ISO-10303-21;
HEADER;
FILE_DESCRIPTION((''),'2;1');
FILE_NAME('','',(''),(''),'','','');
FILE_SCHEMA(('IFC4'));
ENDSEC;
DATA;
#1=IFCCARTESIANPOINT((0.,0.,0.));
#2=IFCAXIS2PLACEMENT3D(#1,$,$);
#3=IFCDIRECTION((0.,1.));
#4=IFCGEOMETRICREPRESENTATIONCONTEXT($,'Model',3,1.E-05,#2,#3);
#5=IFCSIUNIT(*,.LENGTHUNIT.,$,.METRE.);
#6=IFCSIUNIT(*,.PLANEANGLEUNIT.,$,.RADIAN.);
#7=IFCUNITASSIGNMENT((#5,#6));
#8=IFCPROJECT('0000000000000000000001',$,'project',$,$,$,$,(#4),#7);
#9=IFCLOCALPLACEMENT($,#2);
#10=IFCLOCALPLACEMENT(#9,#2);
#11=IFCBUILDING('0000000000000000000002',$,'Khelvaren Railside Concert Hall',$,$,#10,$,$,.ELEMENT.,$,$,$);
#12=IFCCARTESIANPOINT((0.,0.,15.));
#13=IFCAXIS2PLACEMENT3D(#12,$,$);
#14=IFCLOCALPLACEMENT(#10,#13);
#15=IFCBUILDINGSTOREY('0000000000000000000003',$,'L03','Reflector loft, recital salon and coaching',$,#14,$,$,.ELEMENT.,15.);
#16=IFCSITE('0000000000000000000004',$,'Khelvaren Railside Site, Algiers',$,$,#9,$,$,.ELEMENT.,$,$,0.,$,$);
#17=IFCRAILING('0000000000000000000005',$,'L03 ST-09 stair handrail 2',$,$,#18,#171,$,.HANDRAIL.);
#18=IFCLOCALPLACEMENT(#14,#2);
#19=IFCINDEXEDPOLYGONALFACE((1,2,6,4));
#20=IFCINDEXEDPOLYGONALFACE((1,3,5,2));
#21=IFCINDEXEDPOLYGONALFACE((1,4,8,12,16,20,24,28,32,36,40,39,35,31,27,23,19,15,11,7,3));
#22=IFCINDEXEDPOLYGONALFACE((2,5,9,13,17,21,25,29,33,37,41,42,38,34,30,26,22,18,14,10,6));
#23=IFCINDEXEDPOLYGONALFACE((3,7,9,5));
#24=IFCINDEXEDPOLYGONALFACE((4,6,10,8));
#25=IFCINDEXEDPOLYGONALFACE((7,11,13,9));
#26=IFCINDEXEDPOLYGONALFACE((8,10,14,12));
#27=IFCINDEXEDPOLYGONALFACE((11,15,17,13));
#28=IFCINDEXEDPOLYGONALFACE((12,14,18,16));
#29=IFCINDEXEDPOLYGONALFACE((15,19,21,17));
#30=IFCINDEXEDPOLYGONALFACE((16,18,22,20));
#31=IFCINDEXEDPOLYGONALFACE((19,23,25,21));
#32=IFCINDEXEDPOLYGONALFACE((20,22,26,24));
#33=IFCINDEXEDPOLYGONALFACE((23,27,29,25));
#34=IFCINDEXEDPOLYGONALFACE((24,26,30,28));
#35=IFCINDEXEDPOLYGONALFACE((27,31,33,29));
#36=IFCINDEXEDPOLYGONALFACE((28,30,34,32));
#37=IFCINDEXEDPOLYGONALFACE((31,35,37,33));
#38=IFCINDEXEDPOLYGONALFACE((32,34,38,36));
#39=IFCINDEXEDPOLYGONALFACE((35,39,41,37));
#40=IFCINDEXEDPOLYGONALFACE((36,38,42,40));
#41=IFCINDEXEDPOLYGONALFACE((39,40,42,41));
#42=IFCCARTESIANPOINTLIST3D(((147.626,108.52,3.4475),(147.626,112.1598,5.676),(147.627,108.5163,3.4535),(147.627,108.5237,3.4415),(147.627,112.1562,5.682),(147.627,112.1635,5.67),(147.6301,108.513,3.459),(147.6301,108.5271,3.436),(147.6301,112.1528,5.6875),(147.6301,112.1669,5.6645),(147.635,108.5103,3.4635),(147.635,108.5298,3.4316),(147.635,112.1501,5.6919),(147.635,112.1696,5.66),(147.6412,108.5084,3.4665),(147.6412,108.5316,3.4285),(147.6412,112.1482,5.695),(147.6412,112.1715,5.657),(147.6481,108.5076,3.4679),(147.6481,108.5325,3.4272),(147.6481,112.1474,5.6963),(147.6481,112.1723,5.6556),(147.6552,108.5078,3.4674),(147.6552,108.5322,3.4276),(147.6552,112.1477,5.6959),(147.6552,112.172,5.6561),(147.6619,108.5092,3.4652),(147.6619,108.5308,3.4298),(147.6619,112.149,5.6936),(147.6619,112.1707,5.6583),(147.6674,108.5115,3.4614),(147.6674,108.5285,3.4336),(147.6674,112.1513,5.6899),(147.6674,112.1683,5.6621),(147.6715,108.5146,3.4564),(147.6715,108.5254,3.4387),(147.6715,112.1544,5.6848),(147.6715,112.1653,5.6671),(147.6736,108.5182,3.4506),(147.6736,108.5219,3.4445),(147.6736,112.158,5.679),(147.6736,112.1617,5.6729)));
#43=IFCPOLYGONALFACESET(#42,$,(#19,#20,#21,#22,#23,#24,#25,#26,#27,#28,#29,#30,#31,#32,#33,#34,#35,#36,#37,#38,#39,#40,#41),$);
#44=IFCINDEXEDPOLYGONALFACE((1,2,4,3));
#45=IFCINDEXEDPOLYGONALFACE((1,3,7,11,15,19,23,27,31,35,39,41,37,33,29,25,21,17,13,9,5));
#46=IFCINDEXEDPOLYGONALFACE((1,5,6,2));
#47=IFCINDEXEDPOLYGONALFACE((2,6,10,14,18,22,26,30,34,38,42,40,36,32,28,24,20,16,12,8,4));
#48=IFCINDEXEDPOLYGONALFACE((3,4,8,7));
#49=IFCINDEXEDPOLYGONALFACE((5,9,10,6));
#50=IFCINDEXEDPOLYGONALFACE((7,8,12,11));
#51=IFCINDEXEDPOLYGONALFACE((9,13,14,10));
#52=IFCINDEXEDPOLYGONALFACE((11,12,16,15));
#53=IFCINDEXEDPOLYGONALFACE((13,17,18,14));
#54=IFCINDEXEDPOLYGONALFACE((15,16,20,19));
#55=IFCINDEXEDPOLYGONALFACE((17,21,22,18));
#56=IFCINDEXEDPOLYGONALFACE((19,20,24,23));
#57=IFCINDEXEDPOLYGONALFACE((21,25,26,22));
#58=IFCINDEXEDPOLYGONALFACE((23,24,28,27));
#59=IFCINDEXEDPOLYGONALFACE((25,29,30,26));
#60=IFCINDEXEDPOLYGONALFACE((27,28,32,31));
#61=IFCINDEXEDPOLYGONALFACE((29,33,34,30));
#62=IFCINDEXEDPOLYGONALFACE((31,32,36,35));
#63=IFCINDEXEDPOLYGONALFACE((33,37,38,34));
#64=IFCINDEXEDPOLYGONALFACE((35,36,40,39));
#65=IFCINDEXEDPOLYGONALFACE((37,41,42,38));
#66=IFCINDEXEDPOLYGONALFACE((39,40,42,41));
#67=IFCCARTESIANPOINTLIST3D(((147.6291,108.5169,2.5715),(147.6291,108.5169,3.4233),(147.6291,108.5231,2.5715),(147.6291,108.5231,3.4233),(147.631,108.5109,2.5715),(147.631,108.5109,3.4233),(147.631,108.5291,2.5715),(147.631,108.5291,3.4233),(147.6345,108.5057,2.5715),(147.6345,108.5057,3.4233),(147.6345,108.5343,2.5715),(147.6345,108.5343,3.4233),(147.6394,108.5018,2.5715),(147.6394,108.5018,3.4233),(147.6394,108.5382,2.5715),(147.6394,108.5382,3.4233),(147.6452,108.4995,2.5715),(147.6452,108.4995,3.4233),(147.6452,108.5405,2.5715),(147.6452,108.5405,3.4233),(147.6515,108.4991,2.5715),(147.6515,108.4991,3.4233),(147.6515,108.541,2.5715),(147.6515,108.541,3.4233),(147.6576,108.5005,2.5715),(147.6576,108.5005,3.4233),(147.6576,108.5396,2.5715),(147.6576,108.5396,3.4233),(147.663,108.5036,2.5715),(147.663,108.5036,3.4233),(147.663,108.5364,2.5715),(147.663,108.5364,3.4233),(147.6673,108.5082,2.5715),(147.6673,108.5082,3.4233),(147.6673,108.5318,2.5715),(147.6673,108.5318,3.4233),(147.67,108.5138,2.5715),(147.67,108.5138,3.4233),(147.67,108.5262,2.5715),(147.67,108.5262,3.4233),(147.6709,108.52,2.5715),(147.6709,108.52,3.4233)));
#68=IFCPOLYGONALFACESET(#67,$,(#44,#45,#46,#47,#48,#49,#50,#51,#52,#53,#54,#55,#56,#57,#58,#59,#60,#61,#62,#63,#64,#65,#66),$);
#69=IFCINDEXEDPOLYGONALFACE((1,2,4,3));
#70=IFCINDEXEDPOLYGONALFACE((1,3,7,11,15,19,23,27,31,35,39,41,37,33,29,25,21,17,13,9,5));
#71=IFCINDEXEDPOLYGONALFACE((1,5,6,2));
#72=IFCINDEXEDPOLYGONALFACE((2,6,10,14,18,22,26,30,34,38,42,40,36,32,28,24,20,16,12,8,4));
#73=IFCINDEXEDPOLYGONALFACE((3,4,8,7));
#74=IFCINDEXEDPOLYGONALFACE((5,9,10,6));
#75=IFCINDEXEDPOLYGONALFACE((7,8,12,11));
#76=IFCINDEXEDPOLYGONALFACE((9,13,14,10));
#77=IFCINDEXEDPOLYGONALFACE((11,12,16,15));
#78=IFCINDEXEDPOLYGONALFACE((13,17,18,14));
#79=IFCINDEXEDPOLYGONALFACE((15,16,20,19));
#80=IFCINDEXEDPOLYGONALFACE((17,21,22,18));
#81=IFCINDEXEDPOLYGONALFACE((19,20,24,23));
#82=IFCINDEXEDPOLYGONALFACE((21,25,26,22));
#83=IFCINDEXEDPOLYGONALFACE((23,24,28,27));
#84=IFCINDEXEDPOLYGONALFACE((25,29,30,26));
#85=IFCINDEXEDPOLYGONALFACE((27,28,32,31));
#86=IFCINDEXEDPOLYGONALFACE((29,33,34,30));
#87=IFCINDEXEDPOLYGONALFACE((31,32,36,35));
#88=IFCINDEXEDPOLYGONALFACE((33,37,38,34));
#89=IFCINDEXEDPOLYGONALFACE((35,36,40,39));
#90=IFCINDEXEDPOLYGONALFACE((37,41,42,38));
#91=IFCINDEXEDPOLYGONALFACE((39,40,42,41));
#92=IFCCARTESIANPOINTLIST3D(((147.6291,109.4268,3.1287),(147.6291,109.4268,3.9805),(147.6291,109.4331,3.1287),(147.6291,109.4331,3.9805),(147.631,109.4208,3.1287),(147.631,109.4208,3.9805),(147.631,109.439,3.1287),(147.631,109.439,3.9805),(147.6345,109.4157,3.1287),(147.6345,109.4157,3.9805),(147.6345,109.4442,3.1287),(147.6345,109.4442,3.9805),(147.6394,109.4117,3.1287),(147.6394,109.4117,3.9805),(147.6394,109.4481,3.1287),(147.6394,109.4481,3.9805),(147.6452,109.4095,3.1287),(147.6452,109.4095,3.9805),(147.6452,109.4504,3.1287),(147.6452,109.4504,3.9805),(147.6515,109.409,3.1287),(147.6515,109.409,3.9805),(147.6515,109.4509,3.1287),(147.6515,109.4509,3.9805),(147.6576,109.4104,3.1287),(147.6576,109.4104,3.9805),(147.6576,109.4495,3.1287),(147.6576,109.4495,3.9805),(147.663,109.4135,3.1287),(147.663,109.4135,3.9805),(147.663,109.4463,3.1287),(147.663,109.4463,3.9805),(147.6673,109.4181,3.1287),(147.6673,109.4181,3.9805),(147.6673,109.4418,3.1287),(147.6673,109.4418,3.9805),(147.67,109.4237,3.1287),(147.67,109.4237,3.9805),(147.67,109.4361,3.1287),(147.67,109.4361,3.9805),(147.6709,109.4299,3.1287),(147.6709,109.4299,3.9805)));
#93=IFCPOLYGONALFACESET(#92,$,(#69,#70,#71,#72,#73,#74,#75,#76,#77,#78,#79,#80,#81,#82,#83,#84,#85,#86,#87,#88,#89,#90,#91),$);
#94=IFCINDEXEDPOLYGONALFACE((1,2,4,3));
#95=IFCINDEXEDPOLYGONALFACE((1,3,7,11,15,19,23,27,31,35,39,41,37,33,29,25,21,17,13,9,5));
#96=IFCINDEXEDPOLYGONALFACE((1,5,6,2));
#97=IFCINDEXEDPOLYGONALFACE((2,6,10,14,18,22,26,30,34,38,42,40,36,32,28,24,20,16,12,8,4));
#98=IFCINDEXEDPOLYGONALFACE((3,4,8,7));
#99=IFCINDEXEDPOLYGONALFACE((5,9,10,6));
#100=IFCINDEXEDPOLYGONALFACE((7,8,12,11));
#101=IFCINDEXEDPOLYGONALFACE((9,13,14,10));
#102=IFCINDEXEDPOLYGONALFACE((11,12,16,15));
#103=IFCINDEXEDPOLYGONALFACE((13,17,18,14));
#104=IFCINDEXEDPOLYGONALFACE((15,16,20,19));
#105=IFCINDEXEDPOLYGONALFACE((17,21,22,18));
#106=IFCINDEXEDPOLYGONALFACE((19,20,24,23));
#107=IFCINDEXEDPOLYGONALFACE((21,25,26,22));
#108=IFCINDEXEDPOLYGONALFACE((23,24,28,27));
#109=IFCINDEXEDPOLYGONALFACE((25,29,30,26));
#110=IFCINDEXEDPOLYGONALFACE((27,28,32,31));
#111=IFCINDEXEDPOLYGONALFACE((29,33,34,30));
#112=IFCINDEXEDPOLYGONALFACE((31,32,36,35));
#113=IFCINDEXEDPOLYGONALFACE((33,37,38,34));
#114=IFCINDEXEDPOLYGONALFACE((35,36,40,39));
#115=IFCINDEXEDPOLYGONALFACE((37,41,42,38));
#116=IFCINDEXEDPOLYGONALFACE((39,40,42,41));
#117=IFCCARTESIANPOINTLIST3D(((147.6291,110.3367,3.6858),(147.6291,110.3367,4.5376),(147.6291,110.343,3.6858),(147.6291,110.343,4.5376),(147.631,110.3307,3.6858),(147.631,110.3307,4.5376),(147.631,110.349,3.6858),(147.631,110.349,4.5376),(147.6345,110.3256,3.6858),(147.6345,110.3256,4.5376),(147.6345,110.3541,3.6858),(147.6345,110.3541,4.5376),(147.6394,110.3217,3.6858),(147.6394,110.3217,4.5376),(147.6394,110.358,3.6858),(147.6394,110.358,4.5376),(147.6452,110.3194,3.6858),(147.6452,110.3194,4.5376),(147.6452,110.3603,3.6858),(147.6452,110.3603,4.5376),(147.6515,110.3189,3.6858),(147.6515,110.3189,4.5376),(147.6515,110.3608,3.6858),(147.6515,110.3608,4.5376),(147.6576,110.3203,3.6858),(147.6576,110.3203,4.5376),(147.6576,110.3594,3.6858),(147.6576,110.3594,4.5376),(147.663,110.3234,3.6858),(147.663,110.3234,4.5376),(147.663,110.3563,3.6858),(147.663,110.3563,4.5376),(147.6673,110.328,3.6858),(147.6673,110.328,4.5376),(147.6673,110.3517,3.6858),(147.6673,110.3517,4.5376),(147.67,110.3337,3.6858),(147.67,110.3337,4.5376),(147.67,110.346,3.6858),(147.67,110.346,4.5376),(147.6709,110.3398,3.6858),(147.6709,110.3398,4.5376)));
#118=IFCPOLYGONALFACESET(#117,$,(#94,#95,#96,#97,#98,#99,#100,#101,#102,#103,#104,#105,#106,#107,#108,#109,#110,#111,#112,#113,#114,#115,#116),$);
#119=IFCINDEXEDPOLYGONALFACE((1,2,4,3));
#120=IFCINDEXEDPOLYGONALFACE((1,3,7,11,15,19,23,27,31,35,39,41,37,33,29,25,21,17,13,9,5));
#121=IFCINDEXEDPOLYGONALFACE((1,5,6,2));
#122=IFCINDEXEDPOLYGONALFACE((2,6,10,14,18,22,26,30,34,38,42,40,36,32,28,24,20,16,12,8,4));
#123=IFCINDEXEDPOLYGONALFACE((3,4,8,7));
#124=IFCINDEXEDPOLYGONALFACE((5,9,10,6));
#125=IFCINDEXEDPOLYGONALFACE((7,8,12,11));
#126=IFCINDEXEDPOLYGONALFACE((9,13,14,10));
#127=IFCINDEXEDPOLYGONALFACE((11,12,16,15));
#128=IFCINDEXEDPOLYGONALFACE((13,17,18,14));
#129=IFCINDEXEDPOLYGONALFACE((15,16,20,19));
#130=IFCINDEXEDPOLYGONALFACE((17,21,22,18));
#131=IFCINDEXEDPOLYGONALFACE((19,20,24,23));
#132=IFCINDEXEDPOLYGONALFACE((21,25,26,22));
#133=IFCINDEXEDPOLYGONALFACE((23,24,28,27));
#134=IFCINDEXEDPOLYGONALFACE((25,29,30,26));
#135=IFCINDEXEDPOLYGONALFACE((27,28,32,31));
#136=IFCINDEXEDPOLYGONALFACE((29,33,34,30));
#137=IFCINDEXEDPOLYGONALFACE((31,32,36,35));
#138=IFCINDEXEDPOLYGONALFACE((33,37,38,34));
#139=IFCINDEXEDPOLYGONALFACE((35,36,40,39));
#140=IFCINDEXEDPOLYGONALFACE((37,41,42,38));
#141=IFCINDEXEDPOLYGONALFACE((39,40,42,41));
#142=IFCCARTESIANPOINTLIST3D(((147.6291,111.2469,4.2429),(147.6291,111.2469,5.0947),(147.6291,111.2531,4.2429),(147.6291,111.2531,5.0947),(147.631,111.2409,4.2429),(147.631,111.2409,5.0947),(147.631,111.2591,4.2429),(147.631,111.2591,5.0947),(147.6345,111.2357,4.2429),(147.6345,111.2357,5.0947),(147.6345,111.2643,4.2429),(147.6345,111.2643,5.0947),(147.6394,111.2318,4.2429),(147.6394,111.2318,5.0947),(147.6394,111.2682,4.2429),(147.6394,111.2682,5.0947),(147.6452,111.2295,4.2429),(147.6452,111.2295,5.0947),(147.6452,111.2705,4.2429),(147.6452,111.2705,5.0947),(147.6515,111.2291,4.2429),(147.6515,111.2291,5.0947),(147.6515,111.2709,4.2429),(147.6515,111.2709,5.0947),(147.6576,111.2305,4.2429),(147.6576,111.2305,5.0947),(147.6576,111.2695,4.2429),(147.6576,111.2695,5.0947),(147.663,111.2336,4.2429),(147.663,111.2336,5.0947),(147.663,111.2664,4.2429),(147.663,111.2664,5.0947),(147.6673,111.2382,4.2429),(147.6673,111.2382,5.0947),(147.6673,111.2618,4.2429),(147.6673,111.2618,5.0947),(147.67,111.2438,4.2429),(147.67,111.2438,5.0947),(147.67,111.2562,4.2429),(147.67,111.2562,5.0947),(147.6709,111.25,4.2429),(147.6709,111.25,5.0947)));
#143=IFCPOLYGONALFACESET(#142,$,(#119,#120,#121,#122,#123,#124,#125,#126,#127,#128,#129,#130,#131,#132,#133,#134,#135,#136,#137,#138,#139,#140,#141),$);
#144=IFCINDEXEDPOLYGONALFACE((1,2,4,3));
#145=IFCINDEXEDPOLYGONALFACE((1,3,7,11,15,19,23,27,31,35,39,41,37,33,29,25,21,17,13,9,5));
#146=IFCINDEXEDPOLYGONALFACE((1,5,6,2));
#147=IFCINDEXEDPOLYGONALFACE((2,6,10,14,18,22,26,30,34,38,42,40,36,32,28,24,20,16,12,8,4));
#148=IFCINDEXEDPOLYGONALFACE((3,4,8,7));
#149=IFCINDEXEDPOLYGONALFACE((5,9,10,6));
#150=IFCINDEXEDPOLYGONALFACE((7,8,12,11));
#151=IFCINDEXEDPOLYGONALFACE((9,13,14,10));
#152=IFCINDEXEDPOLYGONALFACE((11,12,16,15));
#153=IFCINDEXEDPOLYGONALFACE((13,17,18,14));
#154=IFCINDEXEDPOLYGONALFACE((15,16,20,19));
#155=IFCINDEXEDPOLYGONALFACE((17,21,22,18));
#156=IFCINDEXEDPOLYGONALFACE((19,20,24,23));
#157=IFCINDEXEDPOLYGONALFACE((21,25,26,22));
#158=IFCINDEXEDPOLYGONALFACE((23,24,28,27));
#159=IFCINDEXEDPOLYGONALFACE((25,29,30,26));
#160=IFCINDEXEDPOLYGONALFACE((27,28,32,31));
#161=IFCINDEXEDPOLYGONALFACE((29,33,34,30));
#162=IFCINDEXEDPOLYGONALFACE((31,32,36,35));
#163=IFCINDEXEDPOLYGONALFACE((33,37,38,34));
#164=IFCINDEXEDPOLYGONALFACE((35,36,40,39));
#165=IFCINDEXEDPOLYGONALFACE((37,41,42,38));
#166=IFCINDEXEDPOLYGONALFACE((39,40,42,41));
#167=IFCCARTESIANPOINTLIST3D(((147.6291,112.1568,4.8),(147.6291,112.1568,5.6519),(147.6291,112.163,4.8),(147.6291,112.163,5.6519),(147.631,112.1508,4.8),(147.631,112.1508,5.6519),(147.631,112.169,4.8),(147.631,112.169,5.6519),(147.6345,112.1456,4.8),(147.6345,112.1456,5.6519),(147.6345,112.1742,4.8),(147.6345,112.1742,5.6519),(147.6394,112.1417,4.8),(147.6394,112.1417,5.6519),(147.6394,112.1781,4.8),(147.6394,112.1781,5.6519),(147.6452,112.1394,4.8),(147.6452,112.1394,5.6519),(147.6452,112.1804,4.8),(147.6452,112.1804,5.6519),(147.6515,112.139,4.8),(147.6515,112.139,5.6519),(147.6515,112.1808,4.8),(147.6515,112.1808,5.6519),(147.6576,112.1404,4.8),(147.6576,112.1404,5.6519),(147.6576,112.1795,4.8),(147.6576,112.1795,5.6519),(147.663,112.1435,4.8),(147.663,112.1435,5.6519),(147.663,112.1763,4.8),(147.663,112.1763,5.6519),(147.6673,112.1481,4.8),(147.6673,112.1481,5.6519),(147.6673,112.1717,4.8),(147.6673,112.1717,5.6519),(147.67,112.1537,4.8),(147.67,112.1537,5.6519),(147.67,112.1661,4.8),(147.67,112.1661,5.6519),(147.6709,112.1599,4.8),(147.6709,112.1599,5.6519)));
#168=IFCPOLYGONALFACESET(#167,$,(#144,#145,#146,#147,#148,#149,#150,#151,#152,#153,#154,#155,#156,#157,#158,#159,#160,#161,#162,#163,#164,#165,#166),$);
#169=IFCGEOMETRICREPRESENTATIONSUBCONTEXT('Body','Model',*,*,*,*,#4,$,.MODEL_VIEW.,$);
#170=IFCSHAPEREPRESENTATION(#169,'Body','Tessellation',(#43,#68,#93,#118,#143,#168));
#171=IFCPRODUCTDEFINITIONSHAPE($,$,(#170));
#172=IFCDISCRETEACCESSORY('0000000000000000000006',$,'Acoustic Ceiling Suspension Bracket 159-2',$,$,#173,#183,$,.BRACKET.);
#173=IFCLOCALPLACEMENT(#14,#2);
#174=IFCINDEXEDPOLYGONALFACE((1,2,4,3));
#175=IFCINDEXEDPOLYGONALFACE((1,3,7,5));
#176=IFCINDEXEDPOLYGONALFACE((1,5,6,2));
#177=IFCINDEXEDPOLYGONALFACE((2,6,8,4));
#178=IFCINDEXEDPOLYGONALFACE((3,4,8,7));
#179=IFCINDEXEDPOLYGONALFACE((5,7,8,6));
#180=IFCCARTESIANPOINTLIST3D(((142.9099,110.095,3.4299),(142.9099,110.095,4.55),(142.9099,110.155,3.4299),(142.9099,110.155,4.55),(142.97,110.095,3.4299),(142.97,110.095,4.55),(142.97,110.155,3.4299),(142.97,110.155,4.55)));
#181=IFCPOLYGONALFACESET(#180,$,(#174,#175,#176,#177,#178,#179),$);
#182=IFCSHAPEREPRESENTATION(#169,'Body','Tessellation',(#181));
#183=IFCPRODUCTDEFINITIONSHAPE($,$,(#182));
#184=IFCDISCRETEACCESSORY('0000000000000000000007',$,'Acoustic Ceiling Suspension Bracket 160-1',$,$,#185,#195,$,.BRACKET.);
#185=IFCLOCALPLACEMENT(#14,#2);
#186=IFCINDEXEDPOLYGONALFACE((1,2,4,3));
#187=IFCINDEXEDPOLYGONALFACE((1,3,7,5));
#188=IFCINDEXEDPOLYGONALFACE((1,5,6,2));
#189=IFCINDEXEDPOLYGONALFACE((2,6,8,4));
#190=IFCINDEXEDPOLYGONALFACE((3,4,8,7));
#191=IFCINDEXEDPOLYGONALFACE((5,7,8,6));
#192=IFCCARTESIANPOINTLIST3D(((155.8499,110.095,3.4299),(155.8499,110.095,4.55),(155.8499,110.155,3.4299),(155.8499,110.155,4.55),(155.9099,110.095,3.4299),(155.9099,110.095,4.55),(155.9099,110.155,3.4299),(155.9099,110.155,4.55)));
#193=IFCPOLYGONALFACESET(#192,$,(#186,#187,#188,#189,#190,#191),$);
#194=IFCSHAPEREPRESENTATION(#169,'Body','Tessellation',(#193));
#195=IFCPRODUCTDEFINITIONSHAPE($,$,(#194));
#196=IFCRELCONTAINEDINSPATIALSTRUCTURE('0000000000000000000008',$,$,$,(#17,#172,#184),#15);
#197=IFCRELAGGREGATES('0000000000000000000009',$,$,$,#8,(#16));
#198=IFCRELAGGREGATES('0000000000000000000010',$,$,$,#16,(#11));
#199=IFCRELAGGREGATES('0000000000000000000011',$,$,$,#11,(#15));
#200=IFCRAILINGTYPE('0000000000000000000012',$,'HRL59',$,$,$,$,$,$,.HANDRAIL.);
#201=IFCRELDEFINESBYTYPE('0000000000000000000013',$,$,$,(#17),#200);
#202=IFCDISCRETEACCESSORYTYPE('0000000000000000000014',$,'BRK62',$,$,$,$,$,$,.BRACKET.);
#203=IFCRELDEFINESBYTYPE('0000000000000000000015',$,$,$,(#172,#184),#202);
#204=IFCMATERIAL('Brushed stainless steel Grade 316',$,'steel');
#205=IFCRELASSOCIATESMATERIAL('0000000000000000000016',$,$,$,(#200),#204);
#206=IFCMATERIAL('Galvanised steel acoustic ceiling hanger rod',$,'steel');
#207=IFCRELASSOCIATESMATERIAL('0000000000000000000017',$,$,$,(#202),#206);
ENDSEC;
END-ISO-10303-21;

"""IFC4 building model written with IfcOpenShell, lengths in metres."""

from ifc_helpers import new_model, si_unit, direction, frame, origin, origin_2d, place, context, subcontext, project, spatial, rectangle, circle, extrude, material, type_object, element, save


model = new_model("IFC4")

# Units and contexts
model_context = context("Model", 3, precision=1e-05, world=origin(), true_north=direction((0.0, 1.0)))
body_context = subcontext(model_context, "Body", "Model", "MODEL_VIEW")
ifc_project = project(units=[si_unit("LENGTHUNIT", "METRE"), si_unit("PLANEANGLEUNIT", "RADIAN")], contexts=[model_context])

# Site, building, storey
site_placement = place(None, origin())
site = spatial("IfcSite", under=ifc_project, at=site_placement, Name="Khelvaren Railside Site, Algiers", CompositionType="ELEMENT", RefElevation=0.0)
building_placement = place(site_placement, origin())
building = spatial("IfcBuilding", under=site, at=building_placement, Name="Khelvaren Railside Concert Hall", CompositionType="ELEMENT")
storey_placement = place(building_placement, frame((0.0, 0.0, 15.0)))
storey = spatial("IfcBuildingStorey", under=building, at=storey_placement, Name="L03", Description="Reflector loft, recital salon and coaching", CompositionType="ELEMENT", Elevation=15.0)

# Railing
ifc_material_1 = material(Name="Brushed stainless steel Grade 316", Category="steel")
railing_type_1 = type_object("IfcRailingType", Name="HRL59", PredefinedType="HANDRAIL", material=ifc_material_1)
railing_1_placement = place(storey_placement, frame((147.6499, 108.52, 2.5715)))
element("IfcRailing", 1, at=railing_1_placement, inside=storey, type_object=railing_type_1, Name="L03 ST-09 stair handrail 2", PredefinedType="HANDRAIL", context=body_context, shape_type="SweptSolid", body=[
    extrude(circle(Radius=0.0239, at=origin_2d()), frame((0.0, 0.0, 0.876), z_axis=(0.0, 0.85285, 0.522156), x_axis=(-1.0, 0.0, 0.0)), (0.0, 0.0, 1.0), 4.2678),
    extrude(circle(Radius=0.021, at=origin_2d()), origin(), (0.0, 0.0, 1.0), 0.8518),
    extrude(circle(Radius=0.021, at=origin_2d()), frame((0.0, 0.9099, 0.5571)), (0.0, 0.0, 1.0), 0.8518),
    extrude(circle(Radius=0.021, at=origin_2d()), frame((0.0, 1.8198, 1.1143)), (0.0, 0.0, 1.0), 0.8518),
    extrude(circle(Radius=0.021, at=origin_2d()), frame((0.0, 2.73, 1.6714)), (0.0, 0.0, 1.0), 0.8518),
    extrude(circle(Radius=0.021, at=origin_2d()), frame((0.0, 3.6399, 2.2285)), (0.0, 0.0, 1.0), 0.8518),
])

# Discrete accessories
ifc_material_2 = material(Name="Galvanised steel acoustic ceiling hanger rod", Category="steel")
discrete_accessory_type = type_object("IfcDiscreteAccessoryType", Name="BRK62", PredefinedType="BRACKET", material=ifc_material_2)
for number, where, z_axis, x_axis, name in (
    (2, (142.9399, 110.125, 3.4299), (0.0, 0.0, 1.0), (1.0, 0.0, 0.0), "Acoustic Ceiling Suspension Bracket 159-2"),
    (3, (155.8799, 110.125, 3.4299), (0.0, 0.0, 1.0), (1.0, 0.0, 0.0), "Acoustic Ceiling Suspension Bracket 160-1"),
):
    element("IfcDiscreteAccessory", number, at=place(storey_placement, frame(where, z_axis=z_axis, x_axis=x_axis)), inside=storey, type_object=discrete_accessory_type, Name=name, PredefinedType="BRACKET", context=body_context, shape_type="SweptSolid", body=[
        extrude(rectangle(XDim=0.0601, YDim=0.0601, at=origin_2d()), origin(), (0.0, 0.0, 1.0), 1.1201),
    ])

save(model, "model.ifc")
